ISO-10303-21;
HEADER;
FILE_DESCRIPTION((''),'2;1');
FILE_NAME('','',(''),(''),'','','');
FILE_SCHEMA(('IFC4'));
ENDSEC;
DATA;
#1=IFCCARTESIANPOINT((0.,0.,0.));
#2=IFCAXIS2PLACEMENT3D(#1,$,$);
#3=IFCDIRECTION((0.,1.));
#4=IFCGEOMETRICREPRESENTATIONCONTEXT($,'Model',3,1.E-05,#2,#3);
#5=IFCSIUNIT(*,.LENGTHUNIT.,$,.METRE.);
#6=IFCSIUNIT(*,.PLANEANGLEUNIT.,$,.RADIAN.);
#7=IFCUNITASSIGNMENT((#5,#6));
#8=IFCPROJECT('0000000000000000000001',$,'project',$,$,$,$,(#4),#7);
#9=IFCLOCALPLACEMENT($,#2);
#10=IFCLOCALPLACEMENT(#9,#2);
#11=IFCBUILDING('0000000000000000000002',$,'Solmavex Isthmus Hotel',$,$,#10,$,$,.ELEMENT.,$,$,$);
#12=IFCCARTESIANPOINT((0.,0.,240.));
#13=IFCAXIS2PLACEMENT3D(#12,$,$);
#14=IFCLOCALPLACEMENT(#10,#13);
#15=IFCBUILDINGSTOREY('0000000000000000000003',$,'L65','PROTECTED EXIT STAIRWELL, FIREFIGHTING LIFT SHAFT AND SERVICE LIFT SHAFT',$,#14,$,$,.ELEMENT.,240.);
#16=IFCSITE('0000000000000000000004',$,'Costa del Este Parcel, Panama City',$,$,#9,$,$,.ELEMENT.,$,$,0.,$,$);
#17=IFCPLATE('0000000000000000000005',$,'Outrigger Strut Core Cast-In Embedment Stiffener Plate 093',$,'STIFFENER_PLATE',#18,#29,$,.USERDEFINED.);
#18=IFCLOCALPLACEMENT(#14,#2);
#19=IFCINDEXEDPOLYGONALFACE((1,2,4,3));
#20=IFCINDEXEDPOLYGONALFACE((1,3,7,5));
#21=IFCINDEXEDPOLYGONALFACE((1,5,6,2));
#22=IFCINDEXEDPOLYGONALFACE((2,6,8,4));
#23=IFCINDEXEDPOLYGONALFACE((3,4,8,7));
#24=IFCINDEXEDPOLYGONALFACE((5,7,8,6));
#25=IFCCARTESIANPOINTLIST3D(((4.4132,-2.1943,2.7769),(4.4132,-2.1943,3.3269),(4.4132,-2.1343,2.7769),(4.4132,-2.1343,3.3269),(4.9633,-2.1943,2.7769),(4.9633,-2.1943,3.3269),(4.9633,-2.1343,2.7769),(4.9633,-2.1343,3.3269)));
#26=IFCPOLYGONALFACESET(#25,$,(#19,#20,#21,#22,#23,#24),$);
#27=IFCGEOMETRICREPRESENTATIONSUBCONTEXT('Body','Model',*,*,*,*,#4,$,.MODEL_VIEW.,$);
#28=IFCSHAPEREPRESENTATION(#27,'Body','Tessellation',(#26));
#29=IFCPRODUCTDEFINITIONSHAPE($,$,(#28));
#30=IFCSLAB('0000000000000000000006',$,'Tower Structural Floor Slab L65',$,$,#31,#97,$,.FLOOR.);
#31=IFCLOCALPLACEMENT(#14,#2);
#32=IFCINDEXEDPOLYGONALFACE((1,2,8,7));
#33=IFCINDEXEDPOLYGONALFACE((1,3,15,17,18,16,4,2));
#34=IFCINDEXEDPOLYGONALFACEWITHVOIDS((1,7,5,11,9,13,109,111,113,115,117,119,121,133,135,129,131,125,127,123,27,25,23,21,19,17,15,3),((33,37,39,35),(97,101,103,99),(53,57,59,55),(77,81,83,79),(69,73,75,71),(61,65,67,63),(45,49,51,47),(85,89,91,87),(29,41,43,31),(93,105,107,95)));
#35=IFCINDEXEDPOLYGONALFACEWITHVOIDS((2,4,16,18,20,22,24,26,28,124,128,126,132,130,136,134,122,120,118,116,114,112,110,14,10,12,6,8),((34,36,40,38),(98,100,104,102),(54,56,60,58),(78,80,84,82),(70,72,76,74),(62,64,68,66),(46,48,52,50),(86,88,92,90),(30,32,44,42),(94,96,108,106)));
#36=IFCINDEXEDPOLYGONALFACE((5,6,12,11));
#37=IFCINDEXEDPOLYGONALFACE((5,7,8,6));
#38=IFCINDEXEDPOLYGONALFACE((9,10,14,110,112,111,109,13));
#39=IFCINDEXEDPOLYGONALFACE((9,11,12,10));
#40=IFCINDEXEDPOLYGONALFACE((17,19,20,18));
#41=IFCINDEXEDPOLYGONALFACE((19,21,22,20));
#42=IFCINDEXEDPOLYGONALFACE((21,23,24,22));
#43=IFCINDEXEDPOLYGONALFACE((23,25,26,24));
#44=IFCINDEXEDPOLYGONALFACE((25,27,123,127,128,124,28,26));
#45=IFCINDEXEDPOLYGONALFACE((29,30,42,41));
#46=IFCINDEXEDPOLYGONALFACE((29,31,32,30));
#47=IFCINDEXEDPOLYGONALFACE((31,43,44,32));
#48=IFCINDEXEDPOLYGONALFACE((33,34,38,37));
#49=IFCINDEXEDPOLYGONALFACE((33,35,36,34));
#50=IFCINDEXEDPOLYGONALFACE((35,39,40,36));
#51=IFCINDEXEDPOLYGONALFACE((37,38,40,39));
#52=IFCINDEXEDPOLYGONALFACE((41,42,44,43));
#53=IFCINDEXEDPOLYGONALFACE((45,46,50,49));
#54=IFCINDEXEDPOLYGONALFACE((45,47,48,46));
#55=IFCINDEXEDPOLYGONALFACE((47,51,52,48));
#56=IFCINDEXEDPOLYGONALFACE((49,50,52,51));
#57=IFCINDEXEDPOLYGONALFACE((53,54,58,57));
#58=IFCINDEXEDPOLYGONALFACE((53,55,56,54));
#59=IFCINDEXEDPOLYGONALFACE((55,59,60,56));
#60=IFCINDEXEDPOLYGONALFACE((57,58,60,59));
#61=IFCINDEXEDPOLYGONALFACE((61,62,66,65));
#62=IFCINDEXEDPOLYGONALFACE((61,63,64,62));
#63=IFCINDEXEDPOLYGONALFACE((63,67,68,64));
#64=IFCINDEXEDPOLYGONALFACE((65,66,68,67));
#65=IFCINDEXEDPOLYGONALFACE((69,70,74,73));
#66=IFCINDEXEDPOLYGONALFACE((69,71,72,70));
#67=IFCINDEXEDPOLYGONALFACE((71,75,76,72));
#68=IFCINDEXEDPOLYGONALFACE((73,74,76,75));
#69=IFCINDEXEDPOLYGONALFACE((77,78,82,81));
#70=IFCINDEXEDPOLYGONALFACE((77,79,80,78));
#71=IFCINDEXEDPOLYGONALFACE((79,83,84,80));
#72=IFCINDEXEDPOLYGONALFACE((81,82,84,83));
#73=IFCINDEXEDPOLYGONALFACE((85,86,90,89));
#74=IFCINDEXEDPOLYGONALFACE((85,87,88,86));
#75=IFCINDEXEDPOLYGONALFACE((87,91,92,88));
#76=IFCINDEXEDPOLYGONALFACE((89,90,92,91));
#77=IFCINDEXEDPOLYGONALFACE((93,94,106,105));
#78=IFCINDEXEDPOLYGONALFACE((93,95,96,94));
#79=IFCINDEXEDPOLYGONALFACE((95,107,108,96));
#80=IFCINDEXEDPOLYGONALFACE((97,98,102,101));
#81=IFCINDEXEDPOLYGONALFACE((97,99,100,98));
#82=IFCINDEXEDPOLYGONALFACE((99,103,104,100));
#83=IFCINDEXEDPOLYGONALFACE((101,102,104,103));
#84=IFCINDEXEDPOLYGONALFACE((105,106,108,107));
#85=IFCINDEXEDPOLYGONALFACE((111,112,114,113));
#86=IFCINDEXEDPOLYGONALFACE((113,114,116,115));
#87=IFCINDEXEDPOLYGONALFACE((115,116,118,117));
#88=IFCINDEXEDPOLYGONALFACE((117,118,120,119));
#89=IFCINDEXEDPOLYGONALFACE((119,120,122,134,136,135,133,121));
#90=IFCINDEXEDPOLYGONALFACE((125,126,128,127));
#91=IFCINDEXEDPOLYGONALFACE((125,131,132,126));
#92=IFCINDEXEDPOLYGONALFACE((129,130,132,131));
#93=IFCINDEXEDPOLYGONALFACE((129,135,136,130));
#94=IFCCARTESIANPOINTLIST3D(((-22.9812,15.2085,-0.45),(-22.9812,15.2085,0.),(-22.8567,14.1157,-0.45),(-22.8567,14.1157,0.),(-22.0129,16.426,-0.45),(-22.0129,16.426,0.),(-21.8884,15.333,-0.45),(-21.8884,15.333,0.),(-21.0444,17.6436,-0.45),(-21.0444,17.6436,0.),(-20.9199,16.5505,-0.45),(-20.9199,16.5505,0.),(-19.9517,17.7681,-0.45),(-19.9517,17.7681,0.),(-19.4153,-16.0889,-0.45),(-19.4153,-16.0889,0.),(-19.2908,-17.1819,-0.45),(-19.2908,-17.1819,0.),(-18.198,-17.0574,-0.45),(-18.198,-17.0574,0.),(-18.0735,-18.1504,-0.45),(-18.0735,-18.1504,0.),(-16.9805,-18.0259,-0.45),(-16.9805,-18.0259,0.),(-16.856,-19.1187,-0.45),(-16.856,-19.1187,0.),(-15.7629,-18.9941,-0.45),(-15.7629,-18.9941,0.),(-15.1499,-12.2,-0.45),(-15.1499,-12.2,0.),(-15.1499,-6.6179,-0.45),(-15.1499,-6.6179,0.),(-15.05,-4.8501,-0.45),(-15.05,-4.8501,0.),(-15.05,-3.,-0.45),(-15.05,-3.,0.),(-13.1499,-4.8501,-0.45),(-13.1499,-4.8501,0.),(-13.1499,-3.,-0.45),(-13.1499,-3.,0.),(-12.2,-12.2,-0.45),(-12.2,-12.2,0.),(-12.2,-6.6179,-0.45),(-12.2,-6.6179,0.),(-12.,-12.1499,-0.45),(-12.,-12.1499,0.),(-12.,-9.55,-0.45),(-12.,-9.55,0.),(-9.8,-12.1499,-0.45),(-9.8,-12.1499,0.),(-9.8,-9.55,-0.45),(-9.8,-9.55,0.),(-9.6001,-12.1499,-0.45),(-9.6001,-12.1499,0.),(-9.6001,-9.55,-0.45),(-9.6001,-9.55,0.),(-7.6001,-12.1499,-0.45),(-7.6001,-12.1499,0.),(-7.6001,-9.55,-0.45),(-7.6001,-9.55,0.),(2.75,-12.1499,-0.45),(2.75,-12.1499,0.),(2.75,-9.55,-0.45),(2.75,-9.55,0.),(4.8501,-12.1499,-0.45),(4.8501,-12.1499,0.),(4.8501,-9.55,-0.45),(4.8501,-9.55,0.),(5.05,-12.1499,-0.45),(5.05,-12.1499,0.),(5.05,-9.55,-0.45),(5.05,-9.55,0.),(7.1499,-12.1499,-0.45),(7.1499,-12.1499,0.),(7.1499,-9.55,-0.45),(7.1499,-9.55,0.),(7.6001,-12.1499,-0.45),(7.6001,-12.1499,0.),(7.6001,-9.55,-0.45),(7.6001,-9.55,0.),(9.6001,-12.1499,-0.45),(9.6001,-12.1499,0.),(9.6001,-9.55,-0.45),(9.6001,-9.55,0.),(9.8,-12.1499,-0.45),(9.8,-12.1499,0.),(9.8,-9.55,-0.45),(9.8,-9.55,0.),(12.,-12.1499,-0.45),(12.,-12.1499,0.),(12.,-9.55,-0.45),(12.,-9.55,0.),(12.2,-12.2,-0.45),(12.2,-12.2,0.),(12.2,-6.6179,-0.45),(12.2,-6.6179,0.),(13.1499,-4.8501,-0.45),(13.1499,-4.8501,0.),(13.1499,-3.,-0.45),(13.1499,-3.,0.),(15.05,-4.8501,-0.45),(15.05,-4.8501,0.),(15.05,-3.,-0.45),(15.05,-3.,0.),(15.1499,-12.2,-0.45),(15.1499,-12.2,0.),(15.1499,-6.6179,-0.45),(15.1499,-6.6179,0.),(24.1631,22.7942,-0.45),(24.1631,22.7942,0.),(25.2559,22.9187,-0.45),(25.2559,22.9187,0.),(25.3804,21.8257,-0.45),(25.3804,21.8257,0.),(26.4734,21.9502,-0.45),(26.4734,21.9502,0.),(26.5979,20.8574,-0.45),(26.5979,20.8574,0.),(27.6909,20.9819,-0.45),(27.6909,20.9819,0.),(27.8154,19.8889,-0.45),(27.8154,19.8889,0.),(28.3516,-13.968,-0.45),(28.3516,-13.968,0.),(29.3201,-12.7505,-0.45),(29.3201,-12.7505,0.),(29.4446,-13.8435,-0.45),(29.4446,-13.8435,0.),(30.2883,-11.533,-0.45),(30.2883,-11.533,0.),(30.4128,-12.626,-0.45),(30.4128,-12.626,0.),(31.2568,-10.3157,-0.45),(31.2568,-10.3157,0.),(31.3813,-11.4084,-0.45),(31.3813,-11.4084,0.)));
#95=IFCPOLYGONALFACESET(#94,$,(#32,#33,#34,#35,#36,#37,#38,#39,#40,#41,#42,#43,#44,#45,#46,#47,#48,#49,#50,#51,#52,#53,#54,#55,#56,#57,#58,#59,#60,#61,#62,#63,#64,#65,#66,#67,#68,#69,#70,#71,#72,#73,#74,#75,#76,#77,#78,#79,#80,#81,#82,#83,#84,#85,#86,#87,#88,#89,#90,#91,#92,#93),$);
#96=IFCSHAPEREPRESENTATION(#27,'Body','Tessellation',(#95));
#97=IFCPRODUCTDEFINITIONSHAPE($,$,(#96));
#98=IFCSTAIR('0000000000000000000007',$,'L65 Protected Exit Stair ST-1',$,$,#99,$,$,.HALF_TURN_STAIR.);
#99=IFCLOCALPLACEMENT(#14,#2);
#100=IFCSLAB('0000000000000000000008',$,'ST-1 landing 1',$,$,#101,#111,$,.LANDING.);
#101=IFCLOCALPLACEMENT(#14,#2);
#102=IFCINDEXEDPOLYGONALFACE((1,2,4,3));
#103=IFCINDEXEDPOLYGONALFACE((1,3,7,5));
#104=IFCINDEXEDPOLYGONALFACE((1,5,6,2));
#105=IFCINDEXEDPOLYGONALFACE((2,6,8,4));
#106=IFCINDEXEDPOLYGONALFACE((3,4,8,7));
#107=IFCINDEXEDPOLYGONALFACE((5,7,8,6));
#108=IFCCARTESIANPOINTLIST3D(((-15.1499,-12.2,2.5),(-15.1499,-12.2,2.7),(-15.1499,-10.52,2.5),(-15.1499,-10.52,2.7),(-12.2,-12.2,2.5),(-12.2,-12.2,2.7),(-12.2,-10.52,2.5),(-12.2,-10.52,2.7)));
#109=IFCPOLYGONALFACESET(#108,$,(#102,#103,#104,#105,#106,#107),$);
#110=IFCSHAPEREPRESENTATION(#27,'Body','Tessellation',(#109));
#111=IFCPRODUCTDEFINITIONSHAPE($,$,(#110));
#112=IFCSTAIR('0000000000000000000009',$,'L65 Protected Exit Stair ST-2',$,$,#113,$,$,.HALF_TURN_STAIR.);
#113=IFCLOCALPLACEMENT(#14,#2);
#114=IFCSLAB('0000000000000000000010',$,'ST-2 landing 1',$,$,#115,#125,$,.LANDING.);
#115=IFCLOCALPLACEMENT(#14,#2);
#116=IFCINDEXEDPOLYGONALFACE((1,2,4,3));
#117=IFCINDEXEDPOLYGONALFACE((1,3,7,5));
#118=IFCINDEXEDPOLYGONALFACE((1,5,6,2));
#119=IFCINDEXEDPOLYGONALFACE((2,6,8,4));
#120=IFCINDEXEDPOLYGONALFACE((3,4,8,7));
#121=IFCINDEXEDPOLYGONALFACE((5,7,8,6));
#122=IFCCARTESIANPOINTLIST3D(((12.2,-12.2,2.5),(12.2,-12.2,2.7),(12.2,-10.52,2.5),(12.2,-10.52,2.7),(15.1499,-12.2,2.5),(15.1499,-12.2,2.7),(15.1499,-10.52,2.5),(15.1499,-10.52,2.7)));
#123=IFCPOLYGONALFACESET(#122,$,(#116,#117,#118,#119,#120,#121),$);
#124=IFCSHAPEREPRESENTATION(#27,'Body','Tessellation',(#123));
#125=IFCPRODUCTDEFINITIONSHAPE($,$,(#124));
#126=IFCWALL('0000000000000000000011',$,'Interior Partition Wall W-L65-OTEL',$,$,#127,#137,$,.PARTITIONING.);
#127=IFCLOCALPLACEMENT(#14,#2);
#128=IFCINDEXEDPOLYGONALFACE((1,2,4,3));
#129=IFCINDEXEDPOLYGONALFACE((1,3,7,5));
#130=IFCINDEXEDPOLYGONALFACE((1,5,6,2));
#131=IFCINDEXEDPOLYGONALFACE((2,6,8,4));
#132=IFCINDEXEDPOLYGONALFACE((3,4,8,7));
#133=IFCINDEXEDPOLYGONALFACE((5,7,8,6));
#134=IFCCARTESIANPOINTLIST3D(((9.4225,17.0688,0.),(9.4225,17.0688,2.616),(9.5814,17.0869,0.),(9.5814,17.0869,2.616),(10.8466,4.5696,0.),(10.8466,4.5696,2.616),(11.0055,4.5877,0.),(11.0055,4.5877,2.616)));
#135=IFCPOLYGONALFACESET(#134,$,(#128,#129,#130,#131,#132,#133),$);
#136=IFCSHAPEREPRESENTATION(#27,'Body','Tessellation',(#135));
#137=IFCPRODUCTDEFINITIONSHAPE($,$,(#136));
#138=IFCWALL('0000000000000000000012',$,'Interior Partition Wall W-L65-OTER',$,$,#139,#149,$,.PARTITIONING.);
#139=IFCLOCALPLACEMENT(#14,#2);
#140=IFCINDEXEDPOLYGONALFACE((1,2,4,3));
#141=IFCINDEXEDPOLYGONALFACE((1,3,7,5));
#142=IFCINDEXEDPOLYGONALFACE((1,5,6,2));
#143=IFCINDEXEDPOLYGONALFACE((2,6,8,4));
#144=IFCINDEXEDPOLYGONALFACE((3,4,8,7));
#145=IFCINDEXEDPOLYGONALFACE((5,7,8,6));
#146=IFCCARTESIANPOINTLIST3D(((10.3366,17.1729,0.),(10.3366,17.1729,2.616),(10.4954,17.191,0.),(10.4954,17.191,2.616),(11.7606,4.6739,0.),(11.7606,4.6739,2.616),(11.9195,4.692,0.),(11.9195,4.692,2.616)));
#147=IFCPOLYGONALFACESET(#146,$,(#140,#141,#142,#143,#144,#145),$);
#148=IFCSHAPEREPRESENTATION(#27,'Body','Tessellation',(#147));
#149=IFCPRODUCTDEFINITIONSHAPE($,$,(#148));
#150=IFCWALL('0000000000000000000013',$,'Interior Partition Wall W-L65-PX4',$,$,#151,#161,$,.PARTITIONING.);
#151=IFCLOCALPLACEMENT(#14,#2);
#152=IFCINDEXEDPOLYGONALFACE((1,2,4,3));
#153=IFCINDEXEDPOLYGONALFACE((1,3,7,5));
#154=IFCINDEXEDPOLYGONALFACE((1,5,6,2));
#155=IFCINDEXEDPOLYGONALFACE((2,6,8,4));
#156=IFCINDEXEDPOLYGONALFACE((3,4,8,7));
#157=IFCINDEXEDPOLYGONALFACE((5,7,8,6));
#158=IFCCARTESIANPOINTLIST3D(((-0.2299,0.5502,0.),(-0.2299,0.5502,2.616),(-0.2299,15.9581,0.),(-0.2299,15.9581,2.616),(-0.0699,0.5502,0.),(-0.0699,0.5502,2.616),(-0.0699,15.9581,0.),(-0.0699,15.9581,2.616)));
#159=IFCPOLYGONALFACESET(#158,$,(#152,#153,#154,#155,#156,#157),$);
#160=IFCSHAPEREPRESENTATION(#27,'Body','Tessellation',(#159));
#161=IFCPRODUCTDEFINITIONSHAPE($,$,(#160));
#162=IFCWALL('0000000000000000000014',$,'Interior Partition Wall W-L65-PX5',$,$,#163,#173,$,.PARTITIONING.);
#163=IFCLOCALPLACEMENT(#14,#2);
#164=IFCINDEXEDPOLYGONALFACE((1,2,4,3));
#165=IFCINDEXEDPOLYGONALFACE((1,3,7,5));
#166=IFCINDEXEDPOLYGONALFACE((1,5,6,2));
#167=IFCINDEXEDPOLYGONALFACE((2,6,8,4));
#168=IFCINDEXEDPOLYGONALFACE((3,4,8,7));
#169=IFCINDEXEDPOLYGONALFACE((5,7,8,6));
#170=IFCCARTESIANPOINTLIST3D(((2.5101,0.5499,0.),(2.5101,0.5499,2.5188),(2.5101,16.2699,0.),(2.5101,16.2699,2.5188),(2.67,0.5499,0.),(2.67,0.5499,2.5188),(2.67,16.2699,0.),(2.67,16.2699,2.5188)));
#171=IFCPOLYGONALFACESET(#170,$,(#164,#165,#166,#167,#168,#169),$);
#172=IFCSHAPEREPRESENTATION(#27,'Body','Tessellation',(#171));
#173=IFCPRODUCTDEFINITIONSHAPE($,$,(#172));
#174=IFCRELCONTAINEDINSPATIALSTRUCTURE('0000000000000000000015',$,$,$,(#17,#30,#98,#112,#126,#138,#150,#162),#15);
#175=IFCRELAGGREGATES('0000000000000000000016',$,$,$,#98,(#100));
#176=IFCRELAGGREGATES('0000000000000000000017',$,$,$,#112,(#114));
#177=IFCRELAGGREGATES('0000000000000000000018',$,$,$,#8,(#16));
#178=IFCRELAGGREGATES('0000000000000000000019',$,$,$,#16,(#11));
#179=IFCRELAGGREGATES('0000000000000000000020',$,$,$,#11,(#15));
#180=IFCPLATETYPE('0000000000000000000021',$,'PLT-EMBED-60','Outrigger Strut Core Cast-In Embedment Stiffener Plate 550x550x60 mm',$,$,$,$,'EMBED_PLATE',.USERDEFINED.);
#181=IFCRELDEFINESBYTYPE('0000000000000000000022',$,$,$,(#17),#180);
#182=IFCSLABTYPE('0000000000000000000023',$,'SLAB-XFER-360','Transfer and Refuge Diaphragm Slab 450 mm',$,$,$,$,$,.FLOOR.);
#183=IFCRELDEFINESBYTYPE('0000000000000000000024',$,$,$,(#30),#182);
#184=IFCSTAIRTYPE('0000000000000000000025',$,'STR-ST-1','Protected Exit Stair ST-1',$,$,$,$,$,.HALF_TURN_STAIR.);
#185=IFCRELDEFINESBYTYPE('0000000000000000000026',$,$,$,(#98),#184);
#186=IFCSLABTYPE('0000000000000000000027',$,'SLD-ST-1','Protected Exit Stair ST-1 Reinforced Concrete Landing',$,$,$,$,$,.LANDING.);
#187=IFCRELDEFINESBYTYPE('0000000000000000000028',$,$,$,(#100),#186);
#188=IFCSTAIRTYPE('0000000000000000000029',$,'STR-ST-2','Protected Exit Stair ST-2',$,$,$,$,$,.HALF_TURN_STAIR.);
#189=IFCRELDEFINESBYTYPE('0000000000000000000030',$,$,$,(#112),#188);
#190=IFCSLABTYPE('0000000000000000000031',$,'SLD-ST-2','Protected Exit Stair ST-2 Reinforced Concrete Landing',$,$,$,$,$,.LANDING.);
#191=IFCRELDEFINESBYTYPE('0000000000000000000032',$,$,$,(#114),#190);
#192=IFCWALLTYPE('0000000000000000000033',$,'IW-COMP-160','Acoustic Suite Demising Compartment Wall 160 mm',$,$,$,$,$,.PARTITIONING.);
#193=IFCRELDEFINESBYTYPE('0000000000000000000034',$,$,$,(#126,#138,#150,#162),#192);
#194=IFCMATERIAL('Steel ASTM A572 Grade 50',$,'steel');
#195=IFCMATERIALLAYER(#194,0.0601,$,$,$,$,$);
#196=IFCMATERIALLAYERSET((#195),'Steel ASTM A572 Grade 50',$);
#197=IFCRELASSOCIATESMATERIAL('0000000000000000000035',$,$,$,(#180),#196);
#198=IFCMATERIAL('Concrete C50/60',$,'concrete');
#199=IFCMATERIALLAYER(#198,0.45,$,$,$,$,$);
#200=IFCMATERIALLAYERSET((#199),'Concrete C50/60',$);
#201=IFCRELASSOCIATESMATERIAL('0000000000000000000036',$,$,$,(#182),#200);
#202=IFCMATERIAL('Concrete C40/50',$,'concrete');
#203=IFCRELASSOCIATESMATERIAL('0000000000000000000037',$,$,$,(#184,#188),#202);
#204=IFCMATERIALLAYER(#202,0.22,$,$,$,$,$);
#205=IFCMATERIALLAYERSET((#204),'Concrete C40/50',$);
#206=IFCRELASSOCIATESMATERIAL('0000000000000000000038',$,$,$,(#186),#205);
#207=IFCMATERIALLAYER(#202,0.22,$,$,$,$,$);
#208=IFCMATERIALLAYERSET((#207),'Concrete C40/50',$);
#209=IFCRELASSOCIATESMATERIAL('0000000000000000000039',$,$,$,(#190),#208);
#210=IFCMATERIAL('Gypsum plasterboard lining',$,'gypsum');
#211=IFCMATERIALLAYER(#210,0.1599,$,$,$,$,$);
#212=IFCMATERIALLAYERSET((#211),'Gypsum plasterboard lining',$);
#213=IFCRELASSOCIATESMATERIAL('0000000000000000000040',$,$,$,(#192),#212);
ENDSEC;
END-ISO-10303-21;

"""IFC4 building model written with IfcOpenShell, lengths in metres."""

from ifc_helpers import new_model, si_unit, direction, frame, frame_2d, origin, origin_2d, place, context, subcontext, project, spatial, polyline, rectangle, outline, extrude, material, layer, layer_set, type_object, element, aggregate, save


model = new_model("IFC4")

# Units and contexts
model_context = context("Model", 3, precision=1e-05, world=origin(), true_north=direction((0.0, 1.0)))
body_context = subcontext(model_context, "Body", "Model", "MODEL_VIEW")
ifc_project = project(units=[si_unit("LENGTHUNIT", "METRE"), si_unit("PLANEANGLEUNIT", "RADIAN")], contexts=[model_context])

# Site, building, storey
site_placement = place(None, origin())
site = spatial("IfcSite", under=ifc_project, at=site_placement, Name="Costa del Este Parcel, Panama City", CompositionType="ELEMENT", RefElevation=0.0)
building_placement = place(site_placement, origin())
building = spatial("IfcBuilding", under=site, at=building_placement, Name="Solmavex Isthmus Hotel", CompositionType="ELEMENT")
storey_placement = place(building_placement, frame((0.0, 0.0, 240.0)))
storey = spatial("IfcBuildingStorey", under=building, at=storey_placement, Name="L65", Description="PROTECTED EXIT STAIRWELL, FIREFIGHTING LIFT SHAFT AND SERVICE LIFT SHAFT", CompositionType="ELEMENT", Elevation=240.0)

# Plate
ifc_material_1 = material(Name="Steel ASTM A572 Grade 50", Category="steel")
ifc_layer_1 = layer(ifc_material_1, 0.0601)
ifc_layer_set_1 = layer_set([ifc_layer_1], Name="Steel ASTM A572 Grade 50")
plate_type = type_object("IfcPlateType", Name="PLT-EMBED-60", Description="Outrigger Strut Core Cast-In Embedment Stiffener Plate 550x550x60 mm", ElementType="EMBED_PLATE", PredefinedType="USERDEFINED", material=ifc_layer_set_1)
plate_placement = place(storey_placement, frame((4.6882, -2.1643, 2.7769), z_axis=(0.0, 0.0, 1.0), x_axis=(1.0, 0.0, 0.0)))
element("IfcPlate", 1, at=plate_placement, inside=storey, type_object=plate_type, Name="Outrigger Strut Core Cast-In Embedment Stiffener Plate 093", ObjectType="STIFFENER_PLATE", PredefinedType="USERDEFINED", context=body_context, shape_type="SweptSolid", body=[
    extrude(rectangle(XDim=0.55, YDim=0.0601, at=origin_2d()), origin(), (0.0, 0.0, 1.0), 0.55),
])

# Slab
ifc_material_2 = material(Name="Concrete C50/60", Category="concrete")
ifc_layer_2 = layer(ifc_material_2, 0.45)
ifc_layer_set_2 = layer_set([ifc_layer_2], Name="Concrete C50/60")
slab_type_1 = type_object("IfcSlabType", Name="SLAB-XFER-360", Description="Transfer and Refuge Diaphragm Slab 450 mm", PredefinedType="FLOOR", material=ifc_layer_set_2)
slab_1_placement = place(storey_placement, frame((0.0, 0.0, -0.45)))
element("IfcSlab", 2, at=slab_1_placement, inside=storey, type_object=slab_type_1, Name="Tower Structural Floor Slab L65", PredefinedType="FLOOR", context=body_context, shape_type="SweptSolid", body=[
    extrude(outline(polyline([(-15.7629, -18.9941), (28.3516, -13.968), (29.4446, -13.8435), (29.3201, -12.7505), (30.4128, -12.626), (30.2883, -11.533), (31.3813, -11.4084), (31.2568, -10.3157), (27.8154, 19.8889), (27.6909, 20.9819), (26.5979, 20.8574), (26.4734, 21.9502), (25.3804, 21.8257), (25.2559, 22.9187), (24.1631, 22.7942), (-19.9517, 17.7681), (-21.0444, 17.6436), (-20.9199, 16.5505), (-22.0129, 16.426), (-21.8884, 15.333), (-22.9812, 15.2085), (-22.8567, 14.1157), (-19.4153, -16.0889), (-19.2908, -17.1819), (-18.198, -17.0574), (-18.0735, -18.1504), (-16.9805, -18.0259), (-16.856, -19.1187), (-15.7629, -18.9941)]), holes=[polyline([(-15.1499, -6.6179), (-15.1499, -12.2), (-12.2, -12.2), (-12.2, -6.6179), (-15.1499, -6.6179)]), polyline([(12.2, -6.6179), (12.2, -12.2), (15.1499, -12.2), (15.1499, -6.6179), (12.2, -6.6179)]), polyline([(-12.0, -12.1499), (-9.8, -12.1499), (-9.8, -9.55), (-12.0, -9.55), (-12.0, -12.1499)]), polyline([(9.8, -12.1499), (12.0, -12.1499), (12.0, -9.55), (9.8, -9.55), (9.8, -12.1499)]), polyline([(-9.6001, -12.1499), (-7.6001, -12.1499), (-7.6001, -9.55), (-9.6001, -9.55), (-9.6001, -12.1499)]), polyline([(7.6001, -12.1499), (9.6001, -12.1499), (9.6001, -9.55), (7.6001, -9.55), (7.6001, -12.1499)]), polyline([(2.75, -12.1499), (4.8501, -12.1499), (4.8501, -9.55), (2.75, -9.55), (2.75, -12.1499)]), polyline([(5.05, -12.1499), (7.1499, -12.1499), (7.1499, -9.55), (5.05, -9.55), (5.05, -12.1499)]), polyline([(-15.05, -4.8501), (-13.1499, -4.8501), (-13.1499, -3.0), (-15.05, -3.0), (-15.05, -4.8501)]), polyline([(13.1499, -4.8501), (15.05, -4.8501), (15.05, -3.0), (13.1499, -3.0), (13.1499, -4.8501)])]), origin(), (0.0, 0.0, 1.0), 0.45),
])

# Stairs, slabs
ifc_material_3 = material(Name="Concrete C40/50", Category="concrete")
stair_type_1 = type_object("IfcStairType", Name="STR-ST-1", Description="Protected Exit Stair ST-1", PredefinedType="HALF_TURN_STAIR", material=ifc_material_3)
stair_1_placement = place(storey_placement, origin())
stair_1 = element("IfcStair", 3, at=stair_1_placement, inside=storey, type_object=stair_type_1, Name="L65 Protected Exit Stair ST-1", PredefinedType="HALF_TURN_STAIR")
ifc_layer_3 = layer(ifc_material_3, 0.22)
ifc_layer_set_3 = layer_set([ifc_layer_3], Name="Concrete C40/50")
slab_type_2 = type_object("IfcSlabType", Name="SLD-ST-1", Description="Protected Exit Stair ST-1 Reinforced Concrete Landing", PredefinedType="LANDING", material=ifc_layer_set_3)
slab_2_placement = place(storey_placement, frame((0.0, 0.0, 2.5)))
slab_2 = element("IfcSlab", 4, at=slab_2_placement, type_object=slab_type_2, Name="ST-1 landing 1", PredefinedType="LANDING", context=body_context, shape_type="SweptSolid", body=[
    extrude(outline(polyline([(-15.1499, -10.52), (-15.1499, -12.2), (-12.2, -12.2), (-12.2, -10.52), (-15.1499, -10.52)])), origin(), (0.0, 0.0, 1.0), 0.2),
])
aggregate(stair_1, [slab_2])
stair_type_2 = type_object("IfcStairType", Name="STR-ST-2", Description="Protected Exit Stair ST-2", PredefinedType="HALF_TURN_STAIR", material=ifc_material_3)
stair_2_placement = place(storey_placement, origin())
stair_2 = element("IfcStair", 5, at=stair_2_placement, inside=storey, type_object=stair_type_2, Name="L65 Protected Exit Stair ST-2", PredefinedType="HALF_TURN_STAIR")
ifc_layer_4 = layer(ifc_material_3, 0.22)
ifc_layer_set_4 = layer_set([ifc_layer_4], Name="Concrete C40/50")
slab_type_3 = type_object("IfcSlabType", Name="SLD-ST-2", Description="Protected Exit Stair ST-2 Reinforced Concrete Landing", PredefinedType="LANDING", material=ifc_layer_set_4)
slab_3_placement = place(storey_placement, frame((0.0, 0.0, 2.5)))
slab_3 = element("IfcSlab", 6, at=slab_3_placement, type_object=slab_type_3, Name="ST-2 landing 1", PredefinedType="LANDING", context=body_context, shape_type="SweptSolid", body=[
    extrude(outline(polyline([(12.2, -10.52), (12.2, -12.2), (15.1499, -12.2), (15.1499, -10.52), (12.2, -10.52)])), origin(), (0.0, 0.0, 1.0), 0.2),
])
aggregate(stair_2, [slab_3])

# Walls
ifc_material_4 = material(Name="Gypsum plasterboard lining", Category="gypsum")
ifc_layer_5 = layer(ifc_material_4, 0.1599)
ifc_layer_set_5 = layer_set([ifc_layer_5], Name="Gypsum plasterboard lining")
wall_type = type_object("IfcWallType", Name="IW-COMP-160", Description="Acoustic Suite Demising Compartment Wall 160 mm", PredefinedType="PARTITIONING", material=ifc_layer_set_5)
wall_1_placement = place(storey_placement, frame((10.926, 4.5786, 0.0), z_axis=(0.0, 0.0, 1.0), x_axis=(-0.1132, 0.993572, 0.0)))
element("IfcWall", 7, at=wall_1_placement, inside=storey, type_object=wall_type, Name="Interior Partition Wall W-L65-OTEL", PredefinedType="PARTITIONING", context=body_context, shape_type="SweptSolid", body=[
    extrude(rectangle(XDim=12.5801, YDim=0.1599, at=frame_2d((6.29, 0.0))), origin(), (0.0, 0.0, 1.0), 2.616),
])
wall_2_placement = place(storey_placement, frame((11.8401, 4.6829, 0.0), z_axis=(0.0, 0.0, 1.0), x_axis=(-0.113202, 0.993572, 0.0)))
element("IfcWall", 8, at=wall_2_placement, inside=storey, type_object=wall_type, Name="Interior Partition Wall W-L65-OTER", PredefinedType="PARTITIONING", context=body_context, shape_type="SweptSolid", body=[
    extrude(rectangle(XDim=12.5798, YDim=0.1599, at=frame_2d((6.29, 0.0))), origin(), (0.0, 0.0, 1.0), 2.616),
])
wall_3_placement = place(storey_placement, frame((-0.1499, 0.55, 0.0), z_axis=(0.0, 0.0, 1.0), x_axis=(0.0, 1.0, 0.0)))
element("IfcWall", 9, at=wall_3_placement, inside=storey, type_object=wall_type, Name="Interior Partition Wall W-L65-PX4", PredefinedType="PARTITIONING", context=body_context, shape_type="SweptSolid", body=[
    extrude(rectangle(XDim=15.408, YDim=0.1599, at=frame_2d((7.7041, 0.0))), origin(), (0.0, 0.0, 1.0), 2.616),
])
wall_4_placement = place(storey_placement, frame((2.5901, 0.55, 0.0), z_axis=(0.0, 0.0, 1.0), x_axis=(0.0, 1.0, 0.0)))
element("IfcWall", 10, at=wall_4_placement, inside=storey, type_object=wall_type, Name="Interior Partition Wall W-L65-PX5", PredefinedType="PARTITIONING", context=body_context, shape_type="SweptSolid", body=[
    extrude(rectangle(XDim=15.72, YDim=0.1599, at=frame_2d((7.8599, 0.0))), origin(), (0.0, 0.0, 1.0), 2.5188),
])

save(model, "model.ifc")
